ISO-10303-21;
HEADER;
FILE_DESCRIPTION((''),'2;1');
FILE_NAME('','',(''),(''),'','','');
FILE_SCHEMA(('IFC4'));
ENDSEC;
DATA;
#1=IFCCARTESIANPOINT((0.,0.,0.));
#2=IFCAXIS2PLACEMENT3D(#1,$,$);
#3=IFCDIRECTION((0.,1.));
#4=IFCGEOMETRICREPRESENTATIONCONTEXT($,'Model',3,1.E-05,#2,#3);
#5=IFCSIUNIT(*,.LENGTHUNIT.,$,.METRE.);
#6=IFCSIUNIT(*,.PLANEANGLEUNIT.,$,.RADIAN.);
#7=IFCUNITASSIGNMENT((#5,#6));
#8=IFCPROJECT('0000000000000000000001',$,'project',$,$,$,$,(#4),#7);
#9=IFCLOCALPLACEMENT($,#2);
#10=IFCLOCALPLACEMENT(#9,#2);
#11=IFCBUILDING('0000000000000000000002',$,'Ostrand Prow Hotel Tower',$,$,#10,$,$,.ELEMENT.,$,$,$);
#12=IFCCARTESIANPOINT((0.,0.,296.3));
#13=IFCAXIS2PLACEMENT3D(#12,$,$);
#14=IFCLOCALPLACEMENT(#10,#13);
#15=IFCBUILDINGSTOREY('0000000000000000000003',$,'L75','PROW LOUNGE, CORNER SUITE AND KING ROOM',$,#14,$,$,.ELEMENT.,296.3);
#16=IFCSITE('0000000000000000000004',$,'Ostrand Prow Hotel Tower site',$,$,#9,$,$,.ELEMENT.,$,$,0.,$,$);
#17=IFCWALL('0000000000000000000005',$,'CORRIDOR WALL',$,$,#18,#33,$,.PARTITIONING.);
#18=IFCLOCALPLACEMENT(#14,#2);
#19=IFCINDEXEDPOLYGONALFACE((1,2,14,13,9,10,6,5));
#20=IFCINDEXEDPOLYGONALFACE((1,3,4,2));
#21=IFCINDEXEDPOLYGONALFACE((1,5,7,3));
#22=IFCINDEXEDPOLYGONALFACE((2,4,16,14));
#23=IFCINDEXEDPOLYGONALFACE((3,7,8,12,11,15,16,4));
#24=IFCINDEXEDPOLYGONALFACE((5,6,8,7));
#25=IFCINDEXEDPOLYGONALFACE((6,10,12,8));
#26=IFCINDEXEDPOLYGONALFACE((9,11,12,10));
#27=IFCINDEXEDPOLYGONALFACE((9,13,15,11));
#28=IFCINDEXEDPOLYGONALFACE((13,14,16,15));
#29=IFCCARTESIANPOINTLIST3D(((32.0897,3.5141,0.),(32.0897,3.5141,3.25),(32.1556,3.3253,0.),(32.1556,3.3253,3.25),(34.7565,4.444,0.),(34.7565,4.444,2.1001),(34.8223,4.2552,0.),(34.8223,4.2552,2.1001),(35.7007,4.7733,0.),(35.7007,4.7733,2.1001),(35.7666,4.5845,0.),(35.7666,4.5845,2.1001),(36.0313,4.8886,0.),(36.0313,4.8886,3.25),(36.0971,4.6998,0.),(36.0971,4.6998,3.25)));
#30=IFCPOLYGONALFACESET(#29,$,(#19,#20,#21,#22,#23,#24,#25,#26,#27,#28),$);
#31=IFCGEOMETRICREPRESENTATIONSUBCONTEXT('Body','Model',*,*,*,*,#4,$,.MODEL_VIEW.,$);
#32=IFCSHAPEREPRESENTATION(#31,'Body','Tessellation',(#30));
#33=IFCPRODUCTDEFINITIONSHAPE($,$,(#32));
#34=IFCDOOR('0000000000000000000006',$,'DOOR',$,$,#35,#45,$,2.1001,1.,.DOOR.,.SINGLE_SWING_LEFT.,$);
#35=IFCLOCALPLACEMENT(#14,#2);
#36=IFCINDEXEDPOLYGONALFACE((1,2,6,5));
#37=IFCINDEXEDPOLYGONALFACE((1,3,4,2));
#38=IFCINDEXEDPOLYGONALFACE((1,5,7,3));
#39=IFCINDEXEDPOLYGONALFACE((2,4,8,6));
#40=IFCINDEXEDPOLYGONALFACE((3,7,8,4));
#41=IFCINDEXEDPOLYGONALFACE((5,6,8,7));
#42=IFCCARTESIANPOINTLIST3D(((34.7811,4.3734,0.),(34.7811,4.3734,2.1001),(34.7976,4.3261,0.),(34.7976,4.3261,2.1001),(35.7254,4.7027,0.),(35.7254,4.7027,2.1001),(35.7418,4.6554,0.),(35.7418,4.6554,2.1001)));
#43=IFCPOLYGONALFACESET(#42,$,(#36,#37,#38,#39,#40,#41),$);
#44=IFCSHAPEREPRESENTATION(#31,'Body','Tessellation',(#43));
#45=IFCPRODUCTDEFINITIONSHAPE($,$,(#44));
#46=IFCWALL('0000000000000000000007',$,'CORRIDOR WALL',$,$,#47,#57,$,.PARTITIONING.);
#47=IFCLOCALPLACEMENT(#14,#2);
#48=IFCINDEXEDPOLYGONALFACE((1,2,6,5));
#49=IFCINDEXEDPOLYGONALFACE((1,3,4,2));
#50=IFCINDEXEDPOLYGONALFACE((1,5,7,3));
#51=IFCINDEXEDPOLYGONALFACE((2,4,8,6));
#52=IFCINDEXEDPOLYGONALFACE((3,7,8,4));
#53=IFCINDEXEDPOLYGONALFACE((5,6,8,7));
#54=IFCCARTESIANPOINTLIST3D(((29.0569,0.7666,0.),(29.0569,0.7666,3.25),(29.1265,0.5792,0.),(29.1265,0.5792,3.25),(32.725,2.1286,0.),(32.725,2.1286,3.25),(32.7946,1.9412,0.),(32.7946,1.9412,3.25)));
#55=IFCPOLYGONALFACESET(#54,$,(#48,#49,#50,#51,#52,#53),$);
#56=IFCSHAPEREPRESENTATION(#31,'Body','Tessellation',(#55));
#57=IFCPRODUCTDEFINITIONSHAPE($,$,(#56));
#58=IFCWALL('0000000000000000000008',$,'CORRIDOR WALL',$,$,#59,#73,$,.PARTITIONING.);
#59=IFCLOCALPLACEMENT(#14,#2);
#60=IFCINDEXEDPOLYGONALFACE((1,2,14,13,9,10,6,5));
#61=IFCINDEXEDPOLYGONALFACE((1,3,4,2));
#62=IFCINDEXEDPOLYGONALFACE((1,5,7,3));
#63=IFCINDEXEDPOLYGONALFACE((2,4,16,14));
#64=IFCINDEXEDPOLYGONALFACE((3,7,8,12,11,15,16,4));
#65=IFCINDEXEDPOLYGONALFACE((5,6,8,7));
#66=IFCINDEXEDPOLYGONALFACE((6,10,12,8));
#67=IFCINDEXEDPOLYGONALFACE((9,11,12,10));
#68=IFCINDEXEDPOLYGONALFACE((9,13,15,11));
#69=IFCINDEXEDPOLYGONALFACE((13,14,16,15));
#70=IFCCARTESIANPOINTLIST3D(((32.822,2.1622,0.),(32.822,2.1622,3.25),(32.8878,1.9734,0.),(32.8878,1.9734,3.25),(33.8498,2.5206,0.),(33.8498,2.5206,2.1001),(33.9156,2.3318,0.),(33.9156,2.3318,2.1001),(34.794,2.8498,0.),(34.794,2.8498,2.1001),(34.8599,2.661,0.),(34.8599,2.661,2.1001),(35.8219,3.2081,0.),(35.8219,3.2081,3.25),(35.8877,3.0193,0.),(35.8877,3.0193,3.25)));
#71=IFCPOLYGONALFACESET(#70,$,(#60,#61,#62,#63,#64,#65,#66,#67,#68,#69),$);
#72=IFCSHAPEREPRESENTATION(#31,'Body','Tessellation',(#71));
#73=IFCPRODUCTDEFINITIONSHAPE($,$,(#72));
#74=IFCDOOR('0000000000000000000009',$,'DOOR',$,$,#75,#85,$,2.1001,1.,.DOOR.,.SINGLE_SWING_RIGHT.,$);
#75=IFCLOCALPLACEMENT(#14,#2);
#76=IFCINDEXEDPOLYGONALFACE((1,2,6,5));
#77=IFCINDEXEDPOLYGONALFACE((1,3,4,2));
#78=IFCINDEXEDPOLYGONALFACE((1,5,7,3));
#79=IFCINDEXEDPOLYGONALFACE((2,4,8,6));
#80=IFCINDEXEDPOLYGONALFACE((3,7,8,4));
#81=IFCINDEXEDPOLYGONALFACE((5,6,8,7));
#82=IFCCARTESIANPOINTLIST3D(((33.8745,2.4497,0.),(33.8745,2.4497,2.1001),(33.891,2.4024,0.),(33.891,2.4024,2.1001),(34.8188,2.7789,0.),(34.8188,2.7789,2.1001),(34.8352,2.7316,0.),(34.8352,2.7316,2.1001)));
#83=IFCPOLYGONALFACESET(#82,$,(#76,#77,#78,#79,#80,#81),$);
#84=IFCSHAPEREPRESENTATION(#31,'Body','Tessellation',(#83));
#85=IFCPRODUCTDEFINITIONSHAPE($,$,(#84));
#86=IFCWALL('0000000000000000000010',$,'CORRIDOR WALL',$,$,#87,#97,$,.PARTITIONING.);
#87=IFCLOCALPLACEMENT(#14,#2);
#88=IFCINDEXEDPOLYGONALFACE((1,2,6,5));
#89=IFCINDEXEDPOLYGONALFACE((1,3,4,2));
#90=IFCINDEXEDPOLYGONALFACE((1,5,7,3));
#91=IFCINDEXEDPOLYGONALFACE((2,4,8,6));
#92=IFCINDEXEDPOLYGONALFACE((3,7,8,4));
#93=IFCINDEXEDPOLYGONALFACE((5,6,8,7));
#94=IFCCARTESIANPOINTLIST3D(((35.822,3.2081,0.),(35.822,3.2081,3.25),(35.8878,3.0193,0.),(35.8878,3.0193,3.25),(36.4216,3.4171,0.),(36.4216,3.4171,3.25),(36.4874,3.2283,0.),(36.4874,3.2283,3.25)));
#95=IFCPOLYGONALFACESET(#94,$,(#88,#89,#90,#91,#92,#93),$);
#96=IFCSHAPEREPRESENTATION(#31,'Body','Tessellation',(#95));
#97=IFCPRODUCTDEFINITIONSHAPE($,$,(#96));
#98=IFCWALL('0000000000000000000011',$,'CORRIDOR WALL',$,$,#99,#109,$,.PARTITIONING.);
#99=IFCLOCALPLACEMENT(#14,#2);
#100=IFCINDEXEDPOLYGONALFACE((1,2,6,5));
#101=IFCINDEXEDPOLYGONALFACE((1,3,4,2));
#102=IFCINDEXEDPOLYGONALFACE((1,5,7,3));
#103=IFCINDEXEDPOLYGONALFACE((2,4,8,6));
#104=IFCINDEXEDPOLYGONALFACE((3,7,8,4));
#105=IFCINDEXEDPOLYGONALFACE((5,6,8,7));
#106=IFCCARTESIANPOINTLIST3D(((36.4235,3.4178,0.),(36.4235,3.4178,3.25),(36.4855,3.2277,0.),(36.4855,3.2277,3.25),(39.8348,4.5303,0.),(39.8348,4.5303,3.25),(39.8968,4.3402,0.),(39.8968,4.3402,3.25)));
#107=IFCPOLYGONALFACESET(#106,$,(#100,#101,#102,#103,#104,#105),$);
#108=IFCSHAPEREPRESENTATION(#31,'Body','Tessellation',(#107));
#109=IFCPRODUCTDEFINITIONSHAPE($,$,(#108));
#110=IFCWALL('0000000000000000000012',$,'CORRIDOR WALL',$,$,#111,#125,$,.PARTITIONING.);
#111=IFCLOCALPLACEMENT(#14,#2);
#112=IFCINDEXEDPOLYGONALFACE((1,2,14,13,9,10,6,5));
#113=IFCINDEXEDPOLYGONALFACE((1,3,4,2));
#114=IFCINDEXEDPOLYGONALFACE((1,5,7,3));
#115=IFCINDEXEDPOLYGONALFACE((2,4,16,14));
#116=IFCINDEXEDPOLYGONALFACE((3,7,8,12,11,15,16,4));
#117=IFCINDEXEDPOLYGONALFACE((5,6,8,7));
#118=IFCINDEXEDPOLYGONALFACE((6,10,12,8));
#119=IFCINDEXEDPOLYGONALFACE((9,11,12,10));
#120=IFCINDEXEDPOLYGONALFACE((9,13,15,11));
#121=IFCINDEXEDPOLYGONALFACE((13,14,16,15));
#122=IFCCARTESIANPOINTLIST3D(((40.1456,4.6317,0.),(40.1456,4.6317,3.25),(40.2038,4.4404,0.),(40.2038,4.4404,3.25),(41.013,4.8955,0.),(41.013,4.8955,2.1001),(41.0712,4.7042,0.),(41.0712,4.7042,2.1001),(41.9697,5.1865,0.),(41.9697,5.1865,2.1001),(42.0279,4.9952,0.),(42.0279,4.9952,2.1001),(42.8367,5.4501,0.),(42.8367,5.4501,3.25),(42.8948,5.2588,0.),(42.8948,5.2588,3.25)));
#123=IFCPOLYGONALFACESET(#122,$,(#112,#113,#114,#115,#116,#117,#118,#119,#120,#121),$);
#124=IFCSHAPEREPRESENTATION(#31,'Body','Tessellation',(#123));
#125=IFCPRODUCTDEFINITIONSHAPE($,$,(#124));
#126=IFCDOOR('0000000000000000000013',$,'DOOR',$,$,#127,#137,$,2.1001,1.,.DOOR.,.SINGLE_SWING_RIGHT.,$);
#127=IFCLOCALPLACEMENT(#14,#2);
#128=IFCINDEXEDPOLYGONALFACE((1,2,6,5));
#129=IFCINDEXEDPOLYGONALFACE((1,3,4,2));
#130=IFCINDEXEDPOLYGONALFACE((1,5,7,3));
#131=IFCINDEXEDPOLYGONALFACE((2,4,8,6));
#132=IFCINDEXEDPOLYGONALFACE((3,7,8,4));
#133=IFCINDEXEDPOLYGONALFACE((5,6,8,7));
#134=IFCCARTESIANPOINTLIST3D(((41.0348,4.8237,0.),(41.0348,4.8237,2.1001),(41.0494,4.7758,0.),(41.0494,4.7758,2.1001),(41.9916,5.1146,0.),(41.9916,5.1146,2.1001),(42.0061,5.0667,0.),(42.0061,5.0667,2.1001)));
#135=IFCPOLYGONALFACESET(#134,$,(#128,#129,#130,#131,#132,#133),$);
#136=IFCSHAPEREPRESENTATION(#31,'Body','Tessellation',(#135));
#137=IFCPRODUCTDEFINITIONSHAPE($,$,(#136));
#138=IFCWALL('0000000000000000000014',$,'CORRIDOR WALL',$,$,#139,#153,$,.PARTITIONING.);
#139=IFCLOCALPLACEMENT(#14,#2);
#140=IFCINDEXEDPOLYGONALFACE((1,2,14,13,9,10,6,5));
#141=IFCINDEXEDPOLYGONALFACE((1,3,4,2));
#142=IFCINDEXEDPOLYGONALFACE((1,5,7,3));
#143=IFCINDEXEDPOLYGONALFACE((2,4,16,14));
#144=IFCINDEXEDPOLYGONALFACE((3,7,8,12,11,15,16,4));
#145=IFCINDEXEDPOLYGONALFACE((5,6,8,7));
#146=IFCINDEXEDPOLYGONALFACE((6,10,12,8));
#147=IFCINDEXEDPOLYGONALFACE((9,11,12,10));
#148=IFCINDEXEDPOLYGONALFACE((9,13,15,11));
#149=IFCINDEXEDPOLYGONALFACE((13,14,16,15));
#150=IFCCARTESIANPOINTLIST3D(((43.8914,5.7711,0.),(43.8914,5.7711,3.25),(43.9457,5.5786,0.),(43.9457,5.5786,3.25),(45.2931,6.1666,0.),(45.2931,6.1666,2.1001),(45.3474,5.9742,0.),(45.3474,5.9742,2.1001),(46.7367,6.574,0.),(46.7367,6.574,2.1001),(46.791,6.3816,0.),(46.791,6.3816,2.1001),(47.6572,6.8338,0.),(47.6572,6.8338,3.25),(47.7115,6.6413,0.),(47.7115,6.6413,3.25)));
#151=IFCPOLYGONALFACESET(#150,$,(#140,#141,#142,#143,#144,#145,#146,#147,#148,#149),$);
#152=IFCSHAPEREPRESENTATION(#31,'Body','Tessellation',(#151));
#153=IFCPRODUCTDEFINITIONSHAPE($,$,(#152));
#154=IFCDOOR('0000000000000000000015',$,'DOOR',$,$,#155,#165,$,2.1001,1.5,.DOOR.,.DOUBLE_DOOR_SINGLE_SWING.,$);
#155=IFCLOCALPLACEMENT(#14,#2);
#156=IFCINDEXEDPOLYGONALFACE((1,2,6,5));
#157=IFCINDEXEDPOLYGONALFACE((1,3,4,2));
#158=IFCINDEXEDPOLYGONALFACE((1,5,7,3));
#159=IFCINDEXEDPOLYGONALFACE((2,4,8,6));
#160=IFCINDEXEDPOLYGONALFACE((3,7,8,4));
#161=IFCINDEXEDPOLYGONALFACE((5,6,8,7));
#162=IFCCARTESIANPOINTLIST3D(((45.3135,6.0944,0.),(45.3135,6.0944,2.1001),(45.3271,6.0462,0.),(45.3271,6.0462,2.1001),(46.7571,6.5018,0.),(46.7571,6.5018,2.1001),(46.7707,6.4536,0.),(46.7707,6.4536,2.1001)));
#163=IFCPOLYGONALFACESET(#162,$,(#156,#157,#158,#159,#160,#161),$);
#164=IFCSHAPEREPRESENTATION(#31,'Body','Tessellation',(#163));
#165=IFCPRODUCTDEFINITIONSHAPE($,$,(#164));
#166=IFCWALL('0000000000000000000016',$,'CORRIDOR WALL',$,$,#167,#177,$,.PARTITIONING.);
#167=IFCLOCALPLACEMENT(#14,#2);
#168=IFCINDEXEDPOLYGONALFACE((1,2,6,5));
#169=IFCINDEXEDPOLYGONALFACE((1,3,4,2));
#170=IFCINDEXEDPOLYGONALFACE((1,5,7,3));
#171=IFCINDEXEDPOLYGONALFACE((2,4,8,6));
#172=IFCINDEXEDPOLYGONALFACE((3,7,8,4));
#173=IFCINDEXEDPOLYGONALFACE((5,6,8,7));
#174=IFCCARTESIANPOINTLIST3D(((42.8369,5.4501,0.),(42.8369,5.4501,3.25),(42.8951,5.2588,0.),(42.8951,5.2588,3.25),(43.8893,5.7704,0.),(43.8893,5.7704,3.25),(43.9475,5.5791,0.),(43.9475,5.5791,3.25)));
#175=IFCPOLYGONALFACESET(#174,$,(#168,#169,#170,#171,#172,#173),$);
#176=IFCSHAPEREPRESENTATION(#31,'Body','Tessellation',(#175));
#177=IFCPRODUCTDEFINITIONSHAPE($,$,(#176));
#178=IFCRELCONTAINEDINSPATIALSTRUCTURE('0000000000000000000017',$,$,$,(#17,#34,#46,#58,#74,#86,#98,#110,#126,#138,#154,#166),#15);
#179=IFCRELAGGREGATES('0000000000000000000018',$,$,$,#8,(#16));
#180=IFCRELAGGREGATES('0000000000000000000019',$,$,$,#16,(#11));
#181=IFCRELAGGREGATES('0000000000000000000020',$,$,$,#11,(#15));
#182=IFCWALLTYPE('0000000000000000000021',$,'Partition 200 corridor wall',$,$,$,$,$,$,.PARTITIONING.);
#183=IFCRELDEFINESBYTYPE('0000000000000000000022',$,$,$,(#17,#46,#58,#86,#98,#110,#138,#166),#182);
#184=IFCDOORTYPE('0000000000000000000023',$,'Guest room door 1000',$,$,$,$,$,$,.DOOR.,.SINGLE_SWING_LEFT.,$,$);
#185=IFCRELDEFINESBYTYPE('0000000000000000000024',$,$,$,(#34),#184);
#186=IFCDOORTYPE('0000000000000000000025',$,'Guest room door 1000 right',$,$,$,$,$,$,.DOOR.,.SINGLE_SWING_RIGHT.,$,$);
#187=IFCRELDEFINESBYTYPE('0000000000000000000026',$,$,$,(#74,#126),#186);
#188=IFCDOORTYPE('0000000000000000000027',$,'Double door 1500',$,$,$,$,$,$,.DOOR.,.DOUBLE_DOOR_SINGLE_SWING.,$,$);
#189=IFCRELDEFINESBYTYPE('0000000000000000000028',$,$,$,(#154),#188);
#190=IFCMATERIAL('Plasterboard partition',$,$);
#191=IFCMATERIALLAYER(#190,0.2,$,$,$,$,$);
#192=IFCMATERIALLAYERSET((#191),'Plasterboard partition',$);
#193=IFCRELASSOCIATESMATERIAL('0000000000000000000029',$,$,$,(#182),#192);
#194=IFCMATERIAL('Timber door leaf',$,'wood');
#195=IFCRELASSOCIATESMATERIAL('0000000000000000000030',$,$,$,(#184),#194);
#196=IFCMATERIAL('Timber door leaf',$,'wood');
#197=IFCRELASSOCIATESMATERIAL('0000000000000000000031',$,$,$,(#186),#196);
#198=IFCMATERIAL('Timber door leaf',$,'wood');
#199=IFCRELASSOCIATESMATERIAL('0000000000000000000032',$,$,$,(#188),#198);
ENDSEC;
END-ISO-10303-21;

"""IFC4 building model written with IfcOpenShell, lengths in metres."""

from ifc_helpers import new_model, si_unit, direction, frame, frame_2d, origin, place, context, subcontext, project, spatial, rectangle, extrude, material, layer, layer_set, type_object, element, fill, save


model = new_model("IFC4")

# Units and contexts
model_context = context("Model", 3, precision=1e-05, world=origin(), true_north=direction((0.0, 1.0)))
body_context = subcontext(model_context, "Body", "Model", "MODEL_VIEW")
ifc_project = project(units=[si_unit("LENGTHUNIT", "METRE"), si_unit("PLANEANGLEUNIT", "RADIAN")], contexts=[model_context])

# Site, building, storey
site_placement = place(None, origin())
site = spatial("IfcSite", under=ifc_project, at=site_placement, Name="Ostrand Prow Hotel Tower site", CompositionType="ELEMENT", RefElevation=0.0)
building_placement = place(site_placement, origin())
building = spatial("IfcBuilding", under=site, at=building_placement, Name="Ostrand Prow Hotel Tower", CompositionType="ELEMENT")
storey_placement = place(building_placement, frame((0.0, 0.0, 296.3)))
storey = spatial("IfcBuildingStorey", under=building, at=storey_placement, Name="L75", Description="PROW LOUNGE, CORNER SUITE AND KING ROOM", CompositionType="ELEMENT", Elevation=296.3)

# Wall, opening, door
ifc_material_1 = material(Name="Plasterboard partition")
ifc_layer_1 = layer(ifc_material_1, 0.2)
ifc_layer_set_1 = layer_set([ifc_layer_1], Name="Plasterboard partition")
wall_type_1 = type_object("IfcWallType", Name="Partition 200 corridor wall", PredefinedType="PARTITIONING", material=ifc_layer_set_1)
wall_1_placement = place(storey_placement, frame((36.0642, 4.7942, 0.0), z_axis=(0.0, 0.0, 1.0), x_axis=(-0.944236, -0.329269, 0.0)))
wall_1 = element("IfcWall", 1, at=wall_1_placement, inside=storey, type_object=wall_type_1, Name="CORRIDOR WALL", PredefinedType="PARTITIONING", context=body_context, shape_type="SweptSolid", body=[
    extrude(rectangle(XDim=4.1743, YDim=0.2, at=frame_2d((2.0872, 0.0))), origin(), (0.0, 0.0, 1.0), 3.25),
])
opening_1_placement = place(wall_1_placement, frame((0.3501, 0.0, 0.0)))
opening_1 = element("IfcOpeningElement", 2, at=opening_1_placement, cuts=wall_1, PredefinedType="OPENING", context=body_context, shape_type="SweptSolid", body=[
    extrude(rectangle(XDim=1.0, YDim=2.1001, at=frame_2d((0.5, 1.05))), frame((0.0, 0.1099, 0.0), z_axis=(0.0, -1.0, 0.0), x_axis=(1.0, 0.0, 0.0)), (0.0, 0.0, 1.0), 0.22),
])
ifc_material_2 = material(Name="Timber door leaf", Category="wood")
door_type_1 = type_object("IfcDoorType", Name="Guest room door 1000", OperationType="SINGLE_SWING_LEFT", PredefinedType="DOOR", material=ifc_material_2)
door_1_placement = place(opening_1_placement, origin())
door_1 = element("IfcDoor", 3, at=door_1_placement, inside=storey, type_object=door_type_1, Name="DOOR", OperationType="SINGLE_SWING_LEFT", OverallHeight=2.1001, OverallWidth=1.0, PredefinedType="DOOR", context=body_context, shape_type="SweptSolid", body=[
    extrude(rectangle(XDim=1.0, YDim=2.1001, at=frame_2d((0.5, 1.05))), frame((0.0, 0.0249, 0.0), z_axis=(0.0, -1.0, 0.0), x_axis=(1.0, 0.0, 0.0)), (0.0, 0.0, 1.0), 0.05),
])
fill(opening_1, door_1)

# Wall
wall_2_placement = place(storey_placement, frame((29.0916, 0.6729, 0.0), z_axis=(0.0, 0.0, 1.0), x_axis=(0.93746, 0.348093, 0.0)))
element("IfcWall", 4, at=wall_2_placement, inside=storey, type_object=wall_type_1, Name="CORRIDOR WALL", PredefinedType="PARTITIONING", context=body_context, shape_type="SweptSolid", body=[
    extrude(rectangle(XDim=3.9128, YDim=0.2, at=frame_2d((1.9565, 0.0))), origin(), (0.0, 0.0, 1.0), 3.25),
])

# Wall, opening, door
wall_3_placement = place(storey_placement, frame((32.855, 2.0679, 0.0), z_axis=(0.0, 0.0, 1.0), x_axis=(0.94426, 0.3292, 0.0)))
wall_3 = element("IfcWall", 5, at=wall_3_placement, inside=storey, type_object=wall_type_1, Name="CORRIDOR WALL", PredefinedType="PARTITIONING", context=body_context, shape_type="SweptSolid", body=[
    extrude(rectangle(XDim=3.177, YDim=0.2, at=frame_2d((1.5884, 0.0))), origin(), (0.0, 0.0, 1.0), 3.25),
])
opening_2_placement = place(wall_3_placement, frame((1.0884, 0.0, 0.0)))
opening_2 = element("IfcOpeningElement", 6, at=opening_2_placement, cuts=wall_3, PredefinedType="OPENING", context=body_context, shape_type="SweptSolid", body=[
    extrude(rectangle(XDim=1.0, YDim=2.1001, at=frame_2d((0.5, 1.05))), frame((0.0, 0.1099, 0.0), z_axis=(0.0, -1.0, 0.0), x_axis=(1.0, 0.0, 0.0)), (0.0, 0.0, 1.0), 0.22),
])
ifc_material_3 = material(Name="Timber door leaf", Category="wood")
door_type_2 = type_object("IfcDoorType", Name="Guest room door 1000 right", OperationType="SINGLE_SWING_RIGHT", PredefinedType="DOOR", material=ifc_material_3)
door_2_placement = place(opening_2_placement, origin())
door_2 = element("IfcDoor", 7, at=door_2_placement, inside=storey, type_object=door_type_2, Name="DOOR", OperationType="SINGLE_SWING_RIGHT", OverallHeight=2.1001, OverallWidth=1.0, PredefinedType="DOOR", context=body_context, shape_type="SweptSolid", body=[
    extrude(rectangle(XDim=1.0, YDim=2.1001, at=frame_2d((0.5, 1.05))), frame((0.0, 0.0249, 0.0), z_axis=(0.0, -1.0, 0.0), x_axis=(1.0, 0.0, 0.0)), (0.0, 0.0, 1.0), 0.05),
])
fill(opening_2, door_2)

# Walls
wall_4_placement = place(storey_placement, frame((35.855, 3.1138, 0.0), z_axis=(0.0, 0.0, 1.0), x_axis=(0.944289, 0.329117, 0.0)))
element("IfcWall", 8, at=wall_4_placement, inside=storey, type_object=wall_type_1, Name="CORRIDOR WALL", PredefinedType="PARTITIONING", context=body_context, shape_type="SweptSolid", body=[
    extrude(rectangle(XDim=0.635, YDim=0.2, at=frame_2d((0.3174, 0.0))), origin(), (0.0, 0.0, 1.0), 3.25),
])
wall_5_placement = place(storey_placement, frame((36.4546, 3.3228, 0.0), z_axis=(0.0, 0.0, 1.0), x_axis=(0.950718, 0.310057, 0.0)))
element("IfcWall", 9, at=wall_5_placement, inside=storey, type_object=wall_type_1, Name="CORRIDOR WALL", PredefinedType="PARTITIONING", context=body_context, shape_type="SweptSolid", body=[
    extrude(rectangle(XDim=3.5881, YDim=0.2, at=frame_2d((1.7939, 0.0))), origin(), (0.0, 0.0, 1.0), 3.25),
])

# Walls, openings, doors
wall_6_placement = place(storey_placement, frame((40.1748, 4.5361, 0.0), z_axis=(0.0, 0.0, 1.0), x_axis=(0.956742, 0.290937, 0.0)))
wall_6 = element("IfcWall", 10, at=wall_6_placement, inside=storey, type_object=wall_type_1, Name="CORRIDOR WALL", PredefinedType="PARTITIONING", context=body_context, shape_type="SweptSolid", body=[
    extrude(rectangle(XDim=2.8127, YDim=0.2, at=frame_2d((1.4062, 0.0))), origin(), (0.0, 0.0, 1.0), 3.25),
])
opening_3_placement = place(wall_6_placement, frame((0.9065, 0.0, 0.0)))
opening_3 = element("IfcOpeningElement", 11, at=opening_3_placement, cuts=wall_6, PredefinedType="OPENING", context=body_context, shape_type="SweptSolid", body=[
    extrude(rectangle(XDim=1.0, YDim=2.1001, at=frame_2d((0.5, 1.05))), frame((0.0, 0.1099, 0.0), z_axis=(0.0, -1.0, 0.0), x_axis=(1.0, 0.0, 0.0)), (0.0, 0.0, 1.0), 0.22),
])
door_3_placement = place(opening_3_placement, origin())
door_3 = element("IfcDoor", 12, at=door_3_placement, inside=storey, type_object=door_type_2, Name="DOOR", OperationType="SINGLE_SWING_RIGHT", OverallHeight=2.1001, OverallWidth=1.0, PredefinedType="DOOR", context=body_context, shape_type="SweptSolid", body=[
    extrude(rectangle(XDim=1.0, YDim=2.1001, at=frame_2d((0.5, 1.05))), frame((0.0, 0.0249, 0.0), z_axis=(0.0, -1.0, 0.0), x_axis=(1.0, 0.0, 0.0)), (0.0, 0.0, 1.0), 0.05),
])
fill(opening_3, door_3)
wall_7_placement = place(storey_placement, frame((43.9185, 5.6748, 0.0), z_axis=(0.0, 0.0, 1.0), x_axis=(0.962411, 0.271596, 0.0)))
wall_7 = element("IfcWall", 13, at=wall_7_placement, inside=storey, type_object=wall_type_1, Name="CORRIDOR WALL", PredefinedType="PARTITIONING", context=body_context, shape_type="SweptSolid", body=[
    extrude(rectangle(XDim=3.9128, YDim=0.2, at=frame_2d((1.9565, 0.0))), origin(), (0.0, 0.0, 1.0), 3.25),
])
opening_4_placement = place(wall_7_placement, frame((1.4565, 0.0, 0.0)))
opening_4 = element("IfcOpeningElement", 14, at=opening_4_placement, cuts=wall_7, PredefinedType="OPENING", context=body_context, shape_type="SweptSolid", body=[
    extrude(rectangle(XDim=1.5, YDim=2.1001, at=frame_2d((0.75, 1.05))), frame((0.0, 0.1099, 0.0), z_axis=(0.0, -1.0, 0.0), x_axis=(1.0, 0.0, 0.0)), (0.0, 0.0, 1.0), 0.22),
])
ifc_material_4 = material(Name="Timber door leaf", Category="wood")
door_type_3 = type_object("IfcDoorType", Name="Double door 1500", OperationType="DOUBLE_DOOR_SINGLE_SWING", PredefinedType="DOOR", material=ifc_material_4)
door_4_placement = place(opening_4_placement, origin())
door_4 = element("IfcDoor", 15, at=door_4_placement, inside=storey, type_object=door_type_3, Name="DOOR", OperationType="DOUBLE_DOOR_SINGLE_SWING", OverallHeight=2.1001, OverallWidth=1.5, PredefinedType="DOOR", context=body_context, shape_type="SweptSolid", body=[
    extrude(rectangle(XDim=1.5, YDim=2.1001, at=frame_2d((0.75, 1.05))), frame((0.0, 0.0249, 0.0), z_axis=(0.0, -1.0, 0.0), x_axis=(1.0, 0.0, 0.0)), (0.0, 0.0, 1.0), 0.05),
])
fill(opening_4, door_4)

# Wall
wall_8_placement = place(storey_placement, frame((42.866, 5.3545, 0.0), z_axis=(0.0, 0.0, 1.0), x_axis=(0.956677, 0.291153, 0.0)))
element("IfcWall", 16, at=wall_8_placement, inside=storey, type_object=wall_type_1, Name="CORRIDOR WALL", PredefinedType="PARTITIONING", context=body_context, shape_type="SweptSolid", body=[
    extrude(rectangle(XDim=1.1001, YDim=0.2, at=frame_2d((0.55, 0.0))), origin(), (0.0, 0.0, 1.0), 3.25),
])

save(model, "model.ifc")
